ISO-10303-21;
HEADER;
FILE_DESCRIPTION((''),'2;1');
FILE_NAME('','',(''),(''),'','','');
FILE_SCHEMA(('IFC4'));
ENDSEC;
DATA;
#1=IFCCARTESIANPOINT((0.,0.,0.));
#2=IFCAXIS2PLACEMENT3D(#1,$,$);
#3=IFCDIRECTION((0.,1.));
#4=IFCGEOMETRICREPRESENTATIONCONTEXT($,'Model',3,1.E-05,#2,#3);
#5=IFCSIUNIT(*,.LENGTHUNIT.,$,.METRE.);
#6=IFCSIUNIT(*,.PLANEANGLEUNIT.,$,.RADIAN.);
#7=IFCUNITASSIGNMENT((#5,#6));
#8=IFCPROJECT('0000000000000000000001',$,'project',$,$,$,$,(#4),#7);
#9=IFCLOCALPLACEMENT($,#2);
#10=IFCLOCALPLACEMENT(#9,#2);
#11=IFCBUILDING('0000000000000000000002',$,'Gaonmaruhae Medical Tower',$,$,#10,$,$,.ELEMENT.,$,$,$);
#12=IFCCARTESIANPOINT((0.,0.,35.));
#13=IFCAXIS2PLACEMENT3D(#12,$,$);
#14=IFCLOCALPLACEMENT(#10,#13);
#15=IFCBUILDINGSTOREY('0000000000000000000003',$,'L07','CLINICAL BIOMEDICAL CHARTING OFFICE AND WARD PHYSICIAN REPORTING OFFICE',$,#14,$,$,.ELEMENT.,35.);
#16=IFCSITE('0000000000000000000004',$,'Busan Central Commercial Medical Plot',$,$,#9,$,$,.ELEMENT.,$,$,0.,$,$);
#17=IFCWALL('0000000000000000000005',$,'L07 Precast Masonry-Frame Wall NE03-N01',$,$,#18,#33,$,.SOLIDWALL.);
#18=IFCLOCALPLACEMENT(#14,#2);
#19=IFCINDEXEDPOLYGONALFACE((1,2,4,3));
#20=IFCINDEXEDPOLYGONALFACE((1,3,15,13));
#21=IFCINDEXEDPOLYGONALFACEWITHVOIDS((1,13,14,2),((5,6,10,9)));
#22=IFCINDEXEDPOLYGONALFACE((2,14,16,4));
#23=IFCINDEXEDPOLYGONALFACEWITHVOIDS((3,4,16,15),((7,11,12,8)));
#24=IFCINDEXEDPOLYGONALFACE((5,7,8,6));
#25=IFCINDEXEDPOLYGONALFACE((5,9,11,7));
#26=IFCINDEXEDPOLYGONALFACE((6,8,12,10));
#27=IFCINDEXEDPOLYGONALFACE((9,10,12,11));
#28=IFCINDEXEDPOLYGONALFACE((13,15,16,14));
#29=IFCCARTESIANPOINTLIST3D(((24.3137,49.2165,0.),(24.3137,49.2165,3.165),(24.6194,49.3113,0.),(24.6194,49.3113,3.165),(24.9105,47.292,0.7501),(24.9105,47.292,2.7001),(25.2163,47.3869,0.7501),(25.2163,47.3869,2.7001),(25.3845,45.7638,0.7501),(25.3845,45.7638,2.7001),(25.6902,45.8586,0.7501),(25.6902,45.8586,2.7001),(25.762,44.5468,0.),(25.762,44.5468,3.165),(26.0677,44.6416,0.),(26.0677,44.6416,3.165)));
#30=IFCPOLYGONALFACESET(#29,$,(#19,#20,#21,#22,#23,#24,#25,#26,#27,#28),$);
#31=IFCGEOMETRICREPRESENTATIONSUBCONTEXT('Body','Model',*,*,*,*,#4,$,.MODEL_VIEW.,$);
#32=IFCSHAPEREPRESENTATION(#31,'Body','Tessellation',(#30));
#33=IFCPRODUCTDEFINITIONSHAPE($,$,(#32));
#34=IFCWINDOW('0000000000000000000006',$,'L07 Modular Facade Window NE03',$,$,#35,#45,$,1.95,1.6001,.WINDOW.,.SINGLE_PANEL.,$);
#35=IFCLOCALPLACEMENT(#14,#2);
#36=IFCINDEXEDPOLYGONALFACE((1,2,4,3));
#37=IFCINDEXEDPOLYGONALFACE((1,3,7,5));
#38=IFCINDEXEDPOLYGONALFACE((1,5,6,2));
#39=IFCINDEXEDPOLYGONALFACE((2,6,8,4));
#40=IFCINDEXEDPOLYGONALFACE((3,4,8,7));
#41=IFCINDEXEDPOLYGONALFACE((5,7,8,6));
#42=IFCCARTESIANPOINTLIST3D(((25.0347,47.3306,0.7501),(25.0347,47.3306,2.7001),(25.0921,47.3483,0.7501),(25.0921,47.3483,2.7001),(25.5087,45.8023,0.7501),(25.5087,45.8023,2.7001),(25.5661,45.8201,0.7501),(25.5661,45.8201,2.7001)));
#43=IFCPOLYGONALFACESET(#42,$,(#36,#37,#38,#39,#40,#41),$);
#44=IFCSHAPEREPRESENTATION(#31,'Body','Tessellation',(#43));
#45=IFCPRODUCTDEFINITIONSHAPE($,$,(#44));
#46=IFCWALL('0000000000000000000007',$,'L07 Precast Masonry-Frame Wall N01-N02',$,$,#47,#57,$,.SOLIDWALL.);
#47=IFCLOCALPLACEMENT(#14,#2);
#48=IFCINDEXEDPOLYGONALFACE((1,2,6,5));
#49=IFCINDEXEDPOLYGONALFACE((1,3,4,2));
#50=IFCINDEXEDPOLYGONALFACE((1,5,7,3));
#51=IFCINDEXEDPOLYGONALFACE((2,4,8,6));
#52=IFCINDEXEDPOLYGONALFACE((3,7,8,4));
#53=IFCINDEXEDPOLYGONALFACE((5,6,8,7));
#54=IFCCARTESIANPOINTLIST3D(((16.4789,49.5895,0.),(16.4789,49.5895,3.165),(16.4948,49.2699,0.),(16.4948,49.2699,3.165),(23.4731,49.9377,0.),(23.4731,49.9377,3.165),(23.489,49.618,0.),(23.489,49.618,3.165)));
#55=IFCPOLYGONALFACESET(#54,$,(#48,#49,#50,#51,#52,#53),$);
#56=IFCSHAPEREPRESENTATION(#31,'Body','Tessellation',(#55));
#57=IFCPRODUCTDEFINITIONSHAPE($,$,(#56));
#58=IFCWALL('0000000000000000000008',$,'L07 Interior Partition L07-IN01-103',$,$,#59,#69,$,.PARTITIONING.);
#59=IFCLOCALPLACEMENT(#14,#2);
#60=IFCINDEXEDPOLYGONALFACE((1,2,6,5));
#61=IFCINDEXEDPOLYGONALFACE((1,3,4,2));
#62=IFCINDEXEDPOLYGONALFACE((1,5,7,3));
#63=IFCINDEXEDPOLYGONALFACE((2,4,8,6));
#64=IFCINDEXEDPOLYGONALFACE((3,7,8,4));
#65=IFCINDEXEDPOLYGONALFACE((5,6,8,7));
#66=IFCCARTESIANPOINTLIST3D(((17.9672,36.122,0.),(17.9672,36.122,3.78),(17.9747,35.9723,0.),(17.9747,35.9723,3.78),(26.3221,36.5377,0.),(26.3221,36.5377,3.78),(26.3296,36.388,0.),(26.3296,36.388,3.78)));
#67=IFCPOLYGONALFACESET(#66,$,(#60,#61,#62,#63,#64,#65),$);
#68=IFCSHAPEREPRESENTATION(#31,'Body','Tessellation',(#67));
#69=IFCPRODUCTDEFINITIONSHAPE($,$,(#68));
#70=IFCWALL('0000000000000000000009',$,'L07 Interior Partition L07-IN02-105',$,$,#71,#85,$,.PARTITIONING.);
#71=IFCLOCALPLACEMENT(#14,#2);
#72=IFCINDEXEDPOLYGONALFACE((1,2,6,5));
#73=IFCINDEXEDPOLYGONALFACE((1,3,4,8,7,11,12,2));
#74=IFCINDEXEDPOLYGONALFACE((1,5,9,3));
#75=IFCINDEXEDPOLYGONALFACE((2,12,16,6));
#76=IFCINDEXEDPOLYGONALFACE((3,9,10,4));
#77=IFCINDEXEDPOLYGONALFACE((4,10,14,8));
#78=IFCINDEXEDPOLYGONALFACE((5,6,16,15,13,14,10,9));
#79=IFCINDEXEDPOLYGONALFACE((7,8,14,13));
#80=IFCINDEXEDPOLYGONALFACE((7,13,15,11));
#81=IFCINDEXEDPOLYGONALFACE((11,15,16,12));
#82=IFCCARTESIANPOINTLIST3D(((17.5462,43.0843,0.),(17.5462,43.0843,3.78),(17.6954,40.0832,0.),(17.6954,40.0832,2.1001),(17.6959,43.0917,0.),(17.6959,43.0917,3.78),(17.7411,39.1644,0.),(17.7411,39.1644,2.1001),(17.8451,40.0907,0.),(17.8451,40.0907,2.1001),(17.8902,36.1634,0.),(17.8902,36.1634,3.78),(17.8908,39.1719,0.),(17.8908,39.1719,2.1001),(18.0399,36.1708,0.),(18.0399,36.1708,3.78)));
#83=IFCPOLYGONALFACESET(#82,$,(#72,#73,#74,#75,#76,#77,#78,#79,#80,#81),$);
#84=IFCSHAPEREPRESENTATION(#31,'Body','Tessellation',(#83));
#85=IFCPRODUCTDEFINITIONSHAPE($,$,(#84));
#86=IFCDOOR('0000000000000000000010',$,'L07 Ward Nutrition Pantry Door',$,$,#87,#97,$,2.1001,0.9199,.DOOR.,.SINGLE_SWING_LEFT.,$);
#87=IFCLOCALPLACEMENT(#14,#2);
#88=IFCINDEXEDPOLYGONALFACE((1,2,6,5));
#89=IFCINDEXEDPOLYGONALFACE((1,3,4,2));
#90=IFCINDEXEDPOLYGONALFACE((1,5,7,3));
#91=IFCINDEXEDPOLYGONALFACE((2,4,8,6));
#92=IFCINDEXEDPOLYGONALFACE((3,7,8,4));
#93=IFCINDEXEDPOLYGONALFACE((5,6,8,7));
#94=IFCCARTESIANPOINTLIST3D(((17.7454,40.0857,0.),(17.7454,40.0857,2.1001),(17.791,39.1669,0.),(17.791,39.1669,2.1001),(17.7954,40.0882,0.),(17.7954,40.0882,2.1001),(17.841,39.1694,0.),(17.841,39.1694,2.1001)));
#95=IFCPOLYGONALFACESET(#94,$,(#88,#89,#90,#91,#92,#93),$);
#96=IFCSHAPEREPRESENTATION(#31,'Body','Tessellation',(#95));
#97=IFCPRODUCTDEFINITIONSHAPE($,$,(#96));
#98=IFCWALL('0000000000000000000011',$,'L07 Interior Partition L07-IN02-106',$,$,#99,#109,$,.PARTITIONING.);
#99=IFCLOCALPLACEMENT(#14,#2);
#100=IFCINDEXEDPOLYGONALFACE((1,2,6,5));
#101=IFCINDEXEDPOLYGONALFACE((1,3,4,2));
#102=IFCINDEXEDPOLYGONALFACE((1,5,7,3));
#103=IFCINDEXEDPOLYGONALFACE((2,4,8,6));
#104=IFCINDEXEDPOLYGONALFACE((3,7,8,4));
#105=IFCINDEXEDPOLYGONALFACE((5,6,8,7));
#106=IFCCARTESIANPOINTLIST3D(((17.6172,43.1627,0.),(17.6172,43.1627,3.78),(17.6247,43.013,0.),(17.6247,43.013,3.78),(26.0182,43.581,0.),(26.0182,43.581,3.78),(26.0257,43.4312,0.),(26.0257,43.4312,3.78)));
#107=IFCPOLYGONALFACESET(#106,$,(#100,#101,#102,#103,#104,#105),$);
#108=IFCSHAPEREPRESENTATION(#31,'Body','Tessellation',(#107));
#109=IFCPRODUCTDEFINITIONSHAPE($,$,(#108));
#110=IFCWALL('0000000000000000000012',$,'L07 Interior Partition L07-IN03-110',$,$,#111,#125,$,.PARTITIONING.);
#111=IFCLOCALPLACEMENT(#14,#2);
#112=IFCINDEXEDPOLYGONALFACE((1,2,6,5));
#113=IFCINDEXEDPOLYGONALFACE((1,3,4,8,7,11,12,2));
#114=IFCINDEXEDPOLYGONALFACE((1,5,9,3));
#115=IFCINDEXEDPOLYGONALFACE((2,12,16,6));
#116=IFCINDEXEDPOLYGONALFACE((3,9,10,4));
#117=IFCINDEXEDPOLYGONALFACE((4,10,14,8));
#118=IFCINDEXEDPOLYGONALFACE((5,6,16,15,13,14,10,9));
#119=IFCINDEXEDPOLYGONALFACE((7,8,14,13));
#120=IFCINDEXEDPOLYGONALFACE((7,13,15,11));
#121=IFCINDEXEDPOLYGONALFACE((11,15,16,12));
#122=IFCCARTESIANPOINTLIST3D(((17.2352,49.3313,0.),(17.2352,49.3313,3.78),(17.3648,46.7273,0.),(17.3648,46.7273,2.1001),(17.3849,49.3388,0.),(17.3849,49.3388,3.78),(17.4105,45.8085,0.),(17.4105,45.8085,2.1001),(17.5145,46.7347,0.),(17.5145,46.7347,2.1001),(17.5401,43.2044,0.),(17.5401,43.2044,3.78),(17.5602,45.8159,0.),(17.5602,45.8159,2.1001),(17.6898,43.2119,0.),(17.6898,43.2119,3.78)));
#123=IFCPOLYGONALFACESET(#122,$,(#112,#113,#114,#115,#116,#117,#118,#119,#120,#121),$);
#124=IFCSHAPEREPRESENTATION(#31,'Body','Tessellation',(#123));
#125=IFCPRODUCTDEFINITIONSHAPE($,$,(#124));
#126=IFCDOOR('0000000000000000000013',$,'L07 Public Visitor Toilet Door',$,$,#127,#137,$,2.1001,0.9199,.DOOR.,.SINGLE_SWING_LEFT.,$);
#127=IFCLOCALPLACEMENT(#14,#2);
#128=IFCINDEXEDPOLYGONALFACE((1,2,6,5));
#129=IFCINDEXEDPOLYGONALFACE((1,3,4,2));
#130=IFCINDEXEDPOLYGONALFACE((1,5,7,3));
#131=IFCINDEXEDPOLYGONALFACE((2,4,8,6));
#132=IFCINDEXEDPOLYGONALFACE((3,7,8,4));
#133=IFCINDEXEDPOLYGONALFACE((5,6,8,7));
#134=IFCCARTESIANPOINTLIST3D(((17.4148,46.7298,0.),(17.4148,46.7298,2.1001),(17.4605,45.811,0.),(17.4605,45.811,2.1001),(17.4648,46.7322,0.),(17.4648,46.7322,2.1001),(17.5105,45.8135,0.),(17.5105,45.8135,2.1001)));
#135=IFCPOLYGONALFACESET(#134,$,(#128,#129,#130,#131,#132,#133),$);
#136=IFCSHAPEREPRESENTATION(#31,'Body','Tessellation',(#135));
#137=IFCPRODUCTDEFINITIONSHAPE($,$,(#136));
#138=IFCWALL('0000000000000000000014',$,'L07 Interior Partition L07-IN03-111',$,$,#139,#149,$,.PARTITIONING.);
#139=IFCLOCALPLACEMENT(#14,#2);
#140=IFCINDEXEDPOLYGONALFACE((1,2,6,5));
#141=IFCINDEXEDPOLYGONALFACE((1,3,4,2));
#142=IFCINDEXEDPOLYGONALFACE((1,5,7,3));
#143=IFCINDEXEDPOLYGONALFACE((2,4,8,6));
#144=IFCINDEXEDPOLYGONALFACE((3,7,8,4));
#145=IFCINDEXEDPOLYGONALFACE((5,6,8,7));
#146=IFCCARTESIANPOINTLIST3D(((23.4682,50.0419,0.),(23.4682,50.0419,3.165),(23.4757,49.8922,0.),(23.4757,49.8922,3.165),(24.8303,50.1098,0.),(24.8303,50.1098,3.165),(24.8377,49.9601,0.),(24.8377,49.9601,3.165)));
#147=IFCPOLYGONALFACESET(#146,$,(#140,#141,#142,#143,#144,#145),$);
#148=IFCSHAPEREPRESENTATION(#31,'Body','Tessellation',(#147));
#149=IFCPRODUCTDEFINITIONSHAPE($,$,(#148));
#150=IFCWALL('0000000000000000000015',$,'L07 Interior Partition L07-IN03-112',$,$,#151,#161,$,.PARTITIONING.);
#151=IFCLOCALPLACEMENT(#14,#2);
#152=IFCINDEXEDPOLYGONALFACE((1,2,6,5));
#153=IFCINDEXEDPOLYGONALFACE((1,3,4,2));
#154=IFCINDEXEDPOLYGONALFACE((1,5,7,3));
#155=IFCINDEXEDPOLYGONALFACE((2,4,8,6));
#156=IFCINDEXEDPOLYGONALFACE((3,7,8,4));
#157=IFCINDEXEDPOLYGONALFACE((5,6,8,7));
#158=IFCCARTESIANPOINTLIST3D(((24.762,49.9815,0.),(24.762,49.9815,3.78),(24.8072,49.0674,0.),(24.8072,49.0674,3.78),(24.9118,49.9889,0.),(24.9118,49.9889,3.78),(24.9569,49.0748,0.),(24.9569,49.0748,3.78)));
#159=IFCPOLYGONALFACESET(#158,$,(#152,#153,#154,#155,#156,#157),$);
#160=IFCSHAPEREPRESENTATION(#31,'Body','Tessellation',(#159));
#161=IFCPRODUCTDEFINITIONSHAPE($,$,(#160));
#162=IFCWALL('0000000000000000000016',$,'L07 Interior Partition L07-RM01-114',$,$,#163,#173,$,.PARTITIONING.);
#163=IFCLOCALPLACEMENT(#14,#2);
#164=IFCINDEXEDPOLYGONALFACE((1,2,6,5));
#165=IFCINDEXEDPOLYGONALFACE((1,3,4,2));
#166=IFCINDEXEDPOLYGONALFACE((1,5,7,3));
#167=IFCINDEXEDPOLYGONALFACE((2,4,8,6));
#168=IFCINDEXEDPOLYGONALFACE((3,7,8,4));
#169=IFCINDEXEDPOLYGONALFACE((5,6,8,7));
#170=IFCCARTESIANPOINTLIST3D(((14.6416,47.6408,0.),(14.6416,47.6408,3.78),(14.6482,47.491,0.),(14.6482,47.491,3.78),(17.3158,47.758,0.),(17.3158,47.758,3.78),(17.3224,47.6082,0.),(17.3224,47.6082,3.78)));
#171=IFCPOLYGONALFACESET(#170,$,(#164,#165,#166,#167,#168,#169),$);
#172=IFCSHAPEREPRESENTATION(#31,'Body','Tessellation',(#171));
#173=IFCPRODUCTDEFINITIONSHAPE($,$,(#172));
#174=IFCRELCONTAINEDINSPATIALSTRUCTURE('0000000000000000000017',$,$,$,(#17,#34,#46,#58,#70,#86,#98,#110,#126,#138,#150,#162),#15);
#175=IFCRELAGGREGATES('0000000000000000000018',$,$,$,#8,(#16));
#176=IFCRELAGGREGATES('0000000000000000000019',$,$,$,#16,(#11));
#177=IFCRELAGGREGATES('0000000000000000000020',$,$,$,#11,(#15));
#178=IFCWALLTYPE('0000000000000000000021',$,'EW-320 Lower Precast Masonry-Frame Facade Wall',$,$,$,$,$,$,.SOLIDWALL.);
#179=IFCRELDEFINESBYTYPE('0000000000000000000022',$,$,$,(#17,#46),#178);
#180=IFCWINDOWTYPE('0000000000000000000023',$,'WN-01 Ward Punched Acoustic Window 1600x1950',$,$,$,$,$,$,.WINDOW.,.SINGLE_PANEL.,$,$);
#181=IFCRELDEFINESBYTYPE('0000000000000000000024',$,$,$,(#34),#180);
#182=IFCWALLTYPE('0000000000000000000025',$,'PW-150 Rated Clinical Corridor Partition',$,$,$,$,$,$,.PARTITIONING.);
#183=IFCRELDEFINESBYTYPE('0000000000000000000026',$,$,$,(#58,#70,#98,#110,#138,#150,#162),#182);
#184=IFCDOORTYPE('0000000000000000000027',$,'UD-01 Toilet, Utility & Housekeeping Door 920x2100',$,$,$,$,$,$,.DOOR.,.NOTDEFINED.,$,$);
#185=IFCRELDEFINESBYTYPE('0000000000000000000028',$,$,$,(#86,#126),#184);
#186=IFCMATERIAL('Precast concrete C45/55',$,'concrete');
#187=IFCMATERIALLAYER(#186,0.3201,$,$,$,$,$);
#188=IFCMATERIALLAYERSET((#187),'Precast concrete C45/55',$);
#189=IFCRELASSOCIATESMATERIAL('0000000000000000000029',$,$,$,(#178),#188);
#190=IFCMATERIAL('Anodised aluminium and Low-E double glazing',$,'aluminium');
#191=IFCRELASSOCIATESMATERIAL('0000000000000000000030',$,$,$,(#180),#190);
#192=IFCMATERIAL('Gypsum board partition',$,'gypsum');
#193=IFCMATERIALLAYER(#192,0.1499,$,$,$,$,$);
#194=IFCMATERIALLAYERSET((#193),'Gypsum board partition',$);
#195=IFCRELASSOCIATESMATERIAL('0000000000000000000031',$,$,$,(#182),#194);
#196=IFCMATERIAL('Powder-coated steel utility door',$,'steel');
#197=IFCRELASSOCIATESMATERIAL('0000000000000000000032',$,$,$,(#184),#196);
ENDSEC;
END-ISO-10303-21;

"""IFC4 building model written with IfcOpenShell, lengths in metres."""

from ifc_helpers import new_model, si_unit, direction, frame, frame_2d, origin, place, context, subcontext, project, spatial, rectangle, extrude, material, layer, layer_set, type_object, element, fill, save


model = new_model("IFC4")

# Units and contexts
model_context = context("Model", 3, precision=1e-05, world=origin(), true_north=direction((0.0, 1.0)))
body_context = subcontext(model_context, "Body", "Model", "MODEL_VIEW")
ifc_project = project(units=[si_unit("LENGTHUNIT", "METRE"), si_unit("PLANEANGLEUNIT", "RADIAN")], contexts=[model_context])

# Site, building, storey
site_placement = place(None, origin())
site = spatial("IfcSite", under=ifc_project, at=site_placement, Name="Busan Central Commercial Medical Plot", CompositionType="ELEMENT", RefElevation=0.0)
building_placement = place(site_placement, origin())
building = spatial("IfcBuilding", under=site, at=building_placement, Name="Gaonmaruhae Medical Tower", CompositionType="ELEMENT")
storey_placement = place(building_placement, frame((0.0, 0.0, 35.0)))
storey = spatial("IfcBuildingStorey", under=building, at=storey_placement, Name="L07", Description="CLINICAL BIOMEDICAL CHARTING OFFICE AND WARD PHYSICIAN REPORTING OFFICE", CompositionType="ELEMENT", Elevation=35.0)

# Wall, opening, window
ifc_material_1 = material(Name="Precast concrete C45/55", Category="concrete")
ifc_layer_1 = layer(ifc_material_1, 0.3201)
ifc_layer_set_1 = layer_set([ifc_layer_1], Name="Precast concrete C45/55")
wall_type_1 = type_object("IfcWallType", Name="EW-320 Lower Precast Masonry-Frame Facade Wall", PredefinedType="SOLIDWALL", material=ifc_layer_set_1)
wall_1_placement = place(storey_placement, frame((24.4666, 49.2639, 0.0), z_axis=(0.0, 0.0, 1.0), x_axis=(0.296219, -0.95512, 0.0)))
wall_1 = element("IfcWall", 1, at=wall_1_placement, inside=storey, type_object=wall_type_1, Name="L07 Precast Masonry-Frame Wall NE03-N01", PredefinedType="SOLIDWALL", context=body_context, shape_type="SweptSolid", body=[
    extrude(rectangle(XDim=4.8892, YDim=0.3201, at=frame_2d((2.4446, 0.0))), origin(), (0.0, 0.0, 1.0), 3.165),
])
opening_1_placement = place(wall_1_placement, frame((2.0149, 0.0, 0.75)))
opening_1 = element("IfcOpeningElement", 2, at=opening_1_placement, cuts=wall_1, PredefinedType="OPENING", context=body_context, shape_type="SweptSolid", body=[
    extrude(rectangle(XDim=1.6001, YDim=1.95, at=frame_2d((0.8, 0.9751))), frame((0.0, 0.1699, 0.0), z_axis=(0.0, -1.0, 0.0), x_axis=(1.0, 0.0, 0.0)), (0.0, 0.0, 1.0), 0.3401),
])
ifc_material_2 = material(Name="Anodised aluminium and Low-E double glazing", Category="aluminium")
window_type = type_object("IfcWindowType", Name="WN-01 Ward Punched Acoustic Window 1600x1950", PartitioningType="SINGLE_PANEL", PredefinedType="WINDOW", material=ifc_material_2)
window_placement = place(opening_1_placement, origin())
window = element("IfcWindow", 3, at=window_placement, inside=storey, type_object=window_type, Name="L07 Modular Facade Window NE03", OverallHeight=1.95, OverallWidth=1.6001, PartitioningType="SINGLE_PANEL", PredefinedType="WINDOW", context=body_context, shape_type="SweptSolid", body=[
    extrude(rectangle(XDim=1.6001, YDim=1.95, at=frame_2d((0.8, 0.9751))), frame((0.0, 0.03, 0.0), z_axis=(0.0, -1.0, 0.0), x_axis=(1.0, 0.0, 0.0)), (0.0, 0.0, 1.0), 0.0601),
])
fill(opening_1, window)

# Wall
wall_2_placement = place(storey_placement, frame((16.4868, 49.4297, 0.0), z_axis=(0.0, 0.0, 1.0), x_axis=(0.998764, 0.049713, 0.0)))
element("IfcWall", 4, at=wall_2_placement, inside=storey, type_object=wall_type_1, Name="L07 Precast Masonry-Frame Wall N01-N02", PredefinedType="SOLIDWALL", context=body_context, shape_type="SweptSolid", body=[
    extrude(rectangle(XDim=7.0029, YDim=0.3201, at=frame_2d((3.5015, 0.0))), origin(), (0.0, 0.0, 1.0), 3.165),
])

# Shared definitions
ifc_material_3 = material(Name="Gypsum board partition", Category="gypsum")
ifc_layer_2 = layer(ifc_material_3, 0.1499)
ifc_layer_set_2 = layer_set([ifc_layer_2], Name="Gypsum board partition")
wall_type_2 = type_object("IfcWallType", Name="PW-150 Rated Clinical Corridor Partition", PredefinedType="PARTITIONING", material=ifc_layer_set_2)

# Wall
wall_3_placement = place(storey_placement, frame((17.9709, 36.0471, 0.0), z_axis=(0.0, 0.0, 1.0), x_axis=(0.998764, 0.049702, 0.0)))
element("IfcWall", 5, at=wall_3_placement, inside=storey, type_object=wall_type_2, Name="L07 Interior Partition L07-IN01-103", PredefinedType="PARTITIONING", context=body_context, shape_type="SweptSolid", body=[
    extrude(rectangle(XDim=8.3652, YDim=0.1499, at=frame_2d((4.1826, 0.0))), origin(), (0.0, 0.0, 1.0), 3.78),
])

# Wall, opening, door
wall_4_placement = place(storey_placement, frame((17.9651, 36.167, 0.0), z_axis=(0.0, 0.0, 1.0), x_axis=(-0.049642, 0.998767, 0.0)))
wall_4 = element("IfcWall", 6, at=wall_4_placement, inside=storey, type_object=wall_type_2, Name="L07 Interior Partition L07-IN02-105", PredefinedType="PARTITIONING", context=body_context, shape_type="SweptSolid", body=[
    extrude(rectangle(XDim=6.9294, YDim=0.1499, at=frame_2d((3.4648, 0.0))), origin(), (0.0, 0.0, 1.0), 3.78),
])
opening_2_placement = place(wall_4_placement, frame((3.0049, 0.0, 0.0)))
opening_2 = element("IfcOpeningElement", 7, at=opening_2_placement, cuts=wall_4, PredefinedType="OPENING", context=body_context, shape_type="SweptSolid", body=[
    extrude(rectangle(XDim=0.9199, YDim=2.1001, at=frame_2d((0.46, 1.05))), frame((0.0, 0.085, 0.0), z_axis=(0.0, -1.0, 0.0), x_axis=(1.0, 0.0, 0.0)), (0.0, 0.0, 1.0), 0.1699),
])
ifc_material_4 = material(Name="Powder-coated steel utility door", Category="steel")
door_type_1 = type_object("IfcDoorType", Name="UD-01 Toilet, Utility & Housekeeping Door 920x2100", OperationType="NOTDEFINED", PredefinedType="DOOR", material=ifc_material_4)
door_1_placement = place(opening_2_placement, origin())
door_1 = element("IfcDoor", 8, at=door_1_placement, inside=storey, type_object=door_type_1, Name="L07 Ward Nutrition Pantry Door", OperationType="SINGLE_SWING_LEFT", OverallHeight=2.1001, OverallWidth=0.9199, PredefinedType="DOOR", context=body_context, shape_type="SweptSolid", body=[
    extrude(rectangle(XDim=0.9199, YDim=2.1001, at=frame_2d((0.46, 1.05))), frame((0.0, 0.0249, 0.0), z_axis=(0.0, -1.0, 0.0), x_axis=(1.0, 0.0, 0.0)), (0.0, 0.0, 1.0), 0.05),
])
fill(opening_2, door_1)

# Wall
wall_5_placement = place(storey_placement, frame((17.6211, 43.0879, 0.0), z_axis=(0.0, 0.0, 1.0), x_axis=(0.998763, 0.04972, 0.0)))
element("IfcWall", 9, at=wall_5_placement, inside=storey, type_object=wall_type_2, Name="L07 Interior Partition L07-IN02-106", PredefinedType="PARTITIONING", context=body_context, shape_type="SweptSolid", body=[
    extrude(rectangle(XDim=8.4114, YDim=0.1499, at=frame_2d((4.2056, 0.0))), origin(), (0.0, 0.0, 1.0), 3.78),
])

# Wall, opening, door
wall_6_placement = place(storey_placement, frame((17.615, 43.208, 0.0), z_axis=(0.0, 0.0, 1.0), x_axis=(-0.049707, 0.998764, 0.0)))
wall_6 = element("IfcWall", 10, at=wall_6_placement, inside=storey, type_object=wall_type_2, Name="L07 Interior Partition L07-IN03-110", PredefinedType="PARTITIONING", context=body_context, shape_type="SweptSolid", body=[
    extrude(rectangle(XDim=6.1345, YDim=0.1499, at=frame_2d((3.0674, 0.0))), origin(), (0.0, 0.0, 1.0), 3.78),
])
opening_3_placement = place(wall_6_placement, frame((2.6074, 0.0, 0.0)))
opening_3 = element("IfcOpeningElement", 11, at=opening_3_placement, cuts=wall_6, PredefinedType="OPENING", context=body_context, shape_type="SweptSolid", body=[
    extrude(rectangle(XDim=0.9199, YDim=2.1001, at=frame_2d((0.46, 1.05))), frame((0.0, 0.085, 0.0), z_axis=(0.0, -1.0, 0.0), x_axis=(1.0, 0.0, 0.0)), (0.0, 0.0, 1.0), 0.1699),
])
door_2_placement = place(opening_3_placement, origin())
door_2 = element("IfcDoor", 12, at=door_2_placement, inside=storey, type_object=door_type_1, Name="L07 Public Visitor Toilet Door", OperationType="SINGLE_SWING_LEFT", OverallHeight=2.1001, OverallWidth=0.9199, PredefinedType="DOOR", context=body_context, shape_type="SweptSolid", body=[
    extrude(rectangle(XDim=0.9199, YDim=2.1001, at=frame_2d((0.46, 1.05))), frame((0.0, 0.0249, 0.0), z_axis=(0.0, -1.0, 0.0), x_axis=(1.0, 0.0, 0.0)), (0.0, 0.0, 1.0), 0.05),
])
fill(opening_3, door_2)

# Walls
wall_7_placement = place(storey_placement, frame((23.4719, 49.967, 0.0), z_axis=(0.0, 0.0, 1.0), x_axis=(0.998761, 0.049768, 0.0)))
element("IfcWall", 13, at=wall_7_placement, inside=storey, type_object=wall_type_2, Name="L07 Interior Partition L07-IN03-111", PredefinedType="PARTITIONING", context=body_context, shape_type="SweptSolid", body=[
    extrude(rectangle(XDim=1.3638, YDim=0.1499, at=frame_2d((0.6819, 0.0))), origin(), (0.0, 0.0, 1.0), 3.165),
])
wall_8_placement = place(storey_placement, frame((24.8369, 49.9851, 0.0), z_axis=(0.0, 0.0, 1.0), x_axis=(0.049352, -0.998781, 0.0)))
element("IfcWall", 14, at=wall_8_placement, inside=storey, type_object=wall_type_2, Name="L07 Interior Partition L07-IN03-112", PredefinedType="PARTITIONING", context=body_context, shape_type="SweptSolid", body=[
    extrude(rectangle(XDim=0.9153, YDim=0.1499, at=frame_2d((0.4575, 0.0))), origin(), (0.0, 0.0, 1.0), 3.78),
])
wall_9_placement = place(storey_placement, frame((17.3191, 47.6831, 0.0), z_axis=(0.0, 0.0, 1.0), x_axis=(-0.999041, -0.043782, 0.0)))
element("IfcWall", 15, at=wall_9_placement, inside=storey, type_object=wall_type_2, Name="L07 Interior Partition L07-RM01-114", PredefinedType="PARTITIONING", context=body_context, shape_type="SweptSolid", body=[
    extrude(rectangle(XDim=2.6768, YDim=0.1499, at=frame_2d((1.3384, 0.0))), origin(), (0.0, 0.0, 1.0), 3.78),
])

save(model, "model.ifc")
